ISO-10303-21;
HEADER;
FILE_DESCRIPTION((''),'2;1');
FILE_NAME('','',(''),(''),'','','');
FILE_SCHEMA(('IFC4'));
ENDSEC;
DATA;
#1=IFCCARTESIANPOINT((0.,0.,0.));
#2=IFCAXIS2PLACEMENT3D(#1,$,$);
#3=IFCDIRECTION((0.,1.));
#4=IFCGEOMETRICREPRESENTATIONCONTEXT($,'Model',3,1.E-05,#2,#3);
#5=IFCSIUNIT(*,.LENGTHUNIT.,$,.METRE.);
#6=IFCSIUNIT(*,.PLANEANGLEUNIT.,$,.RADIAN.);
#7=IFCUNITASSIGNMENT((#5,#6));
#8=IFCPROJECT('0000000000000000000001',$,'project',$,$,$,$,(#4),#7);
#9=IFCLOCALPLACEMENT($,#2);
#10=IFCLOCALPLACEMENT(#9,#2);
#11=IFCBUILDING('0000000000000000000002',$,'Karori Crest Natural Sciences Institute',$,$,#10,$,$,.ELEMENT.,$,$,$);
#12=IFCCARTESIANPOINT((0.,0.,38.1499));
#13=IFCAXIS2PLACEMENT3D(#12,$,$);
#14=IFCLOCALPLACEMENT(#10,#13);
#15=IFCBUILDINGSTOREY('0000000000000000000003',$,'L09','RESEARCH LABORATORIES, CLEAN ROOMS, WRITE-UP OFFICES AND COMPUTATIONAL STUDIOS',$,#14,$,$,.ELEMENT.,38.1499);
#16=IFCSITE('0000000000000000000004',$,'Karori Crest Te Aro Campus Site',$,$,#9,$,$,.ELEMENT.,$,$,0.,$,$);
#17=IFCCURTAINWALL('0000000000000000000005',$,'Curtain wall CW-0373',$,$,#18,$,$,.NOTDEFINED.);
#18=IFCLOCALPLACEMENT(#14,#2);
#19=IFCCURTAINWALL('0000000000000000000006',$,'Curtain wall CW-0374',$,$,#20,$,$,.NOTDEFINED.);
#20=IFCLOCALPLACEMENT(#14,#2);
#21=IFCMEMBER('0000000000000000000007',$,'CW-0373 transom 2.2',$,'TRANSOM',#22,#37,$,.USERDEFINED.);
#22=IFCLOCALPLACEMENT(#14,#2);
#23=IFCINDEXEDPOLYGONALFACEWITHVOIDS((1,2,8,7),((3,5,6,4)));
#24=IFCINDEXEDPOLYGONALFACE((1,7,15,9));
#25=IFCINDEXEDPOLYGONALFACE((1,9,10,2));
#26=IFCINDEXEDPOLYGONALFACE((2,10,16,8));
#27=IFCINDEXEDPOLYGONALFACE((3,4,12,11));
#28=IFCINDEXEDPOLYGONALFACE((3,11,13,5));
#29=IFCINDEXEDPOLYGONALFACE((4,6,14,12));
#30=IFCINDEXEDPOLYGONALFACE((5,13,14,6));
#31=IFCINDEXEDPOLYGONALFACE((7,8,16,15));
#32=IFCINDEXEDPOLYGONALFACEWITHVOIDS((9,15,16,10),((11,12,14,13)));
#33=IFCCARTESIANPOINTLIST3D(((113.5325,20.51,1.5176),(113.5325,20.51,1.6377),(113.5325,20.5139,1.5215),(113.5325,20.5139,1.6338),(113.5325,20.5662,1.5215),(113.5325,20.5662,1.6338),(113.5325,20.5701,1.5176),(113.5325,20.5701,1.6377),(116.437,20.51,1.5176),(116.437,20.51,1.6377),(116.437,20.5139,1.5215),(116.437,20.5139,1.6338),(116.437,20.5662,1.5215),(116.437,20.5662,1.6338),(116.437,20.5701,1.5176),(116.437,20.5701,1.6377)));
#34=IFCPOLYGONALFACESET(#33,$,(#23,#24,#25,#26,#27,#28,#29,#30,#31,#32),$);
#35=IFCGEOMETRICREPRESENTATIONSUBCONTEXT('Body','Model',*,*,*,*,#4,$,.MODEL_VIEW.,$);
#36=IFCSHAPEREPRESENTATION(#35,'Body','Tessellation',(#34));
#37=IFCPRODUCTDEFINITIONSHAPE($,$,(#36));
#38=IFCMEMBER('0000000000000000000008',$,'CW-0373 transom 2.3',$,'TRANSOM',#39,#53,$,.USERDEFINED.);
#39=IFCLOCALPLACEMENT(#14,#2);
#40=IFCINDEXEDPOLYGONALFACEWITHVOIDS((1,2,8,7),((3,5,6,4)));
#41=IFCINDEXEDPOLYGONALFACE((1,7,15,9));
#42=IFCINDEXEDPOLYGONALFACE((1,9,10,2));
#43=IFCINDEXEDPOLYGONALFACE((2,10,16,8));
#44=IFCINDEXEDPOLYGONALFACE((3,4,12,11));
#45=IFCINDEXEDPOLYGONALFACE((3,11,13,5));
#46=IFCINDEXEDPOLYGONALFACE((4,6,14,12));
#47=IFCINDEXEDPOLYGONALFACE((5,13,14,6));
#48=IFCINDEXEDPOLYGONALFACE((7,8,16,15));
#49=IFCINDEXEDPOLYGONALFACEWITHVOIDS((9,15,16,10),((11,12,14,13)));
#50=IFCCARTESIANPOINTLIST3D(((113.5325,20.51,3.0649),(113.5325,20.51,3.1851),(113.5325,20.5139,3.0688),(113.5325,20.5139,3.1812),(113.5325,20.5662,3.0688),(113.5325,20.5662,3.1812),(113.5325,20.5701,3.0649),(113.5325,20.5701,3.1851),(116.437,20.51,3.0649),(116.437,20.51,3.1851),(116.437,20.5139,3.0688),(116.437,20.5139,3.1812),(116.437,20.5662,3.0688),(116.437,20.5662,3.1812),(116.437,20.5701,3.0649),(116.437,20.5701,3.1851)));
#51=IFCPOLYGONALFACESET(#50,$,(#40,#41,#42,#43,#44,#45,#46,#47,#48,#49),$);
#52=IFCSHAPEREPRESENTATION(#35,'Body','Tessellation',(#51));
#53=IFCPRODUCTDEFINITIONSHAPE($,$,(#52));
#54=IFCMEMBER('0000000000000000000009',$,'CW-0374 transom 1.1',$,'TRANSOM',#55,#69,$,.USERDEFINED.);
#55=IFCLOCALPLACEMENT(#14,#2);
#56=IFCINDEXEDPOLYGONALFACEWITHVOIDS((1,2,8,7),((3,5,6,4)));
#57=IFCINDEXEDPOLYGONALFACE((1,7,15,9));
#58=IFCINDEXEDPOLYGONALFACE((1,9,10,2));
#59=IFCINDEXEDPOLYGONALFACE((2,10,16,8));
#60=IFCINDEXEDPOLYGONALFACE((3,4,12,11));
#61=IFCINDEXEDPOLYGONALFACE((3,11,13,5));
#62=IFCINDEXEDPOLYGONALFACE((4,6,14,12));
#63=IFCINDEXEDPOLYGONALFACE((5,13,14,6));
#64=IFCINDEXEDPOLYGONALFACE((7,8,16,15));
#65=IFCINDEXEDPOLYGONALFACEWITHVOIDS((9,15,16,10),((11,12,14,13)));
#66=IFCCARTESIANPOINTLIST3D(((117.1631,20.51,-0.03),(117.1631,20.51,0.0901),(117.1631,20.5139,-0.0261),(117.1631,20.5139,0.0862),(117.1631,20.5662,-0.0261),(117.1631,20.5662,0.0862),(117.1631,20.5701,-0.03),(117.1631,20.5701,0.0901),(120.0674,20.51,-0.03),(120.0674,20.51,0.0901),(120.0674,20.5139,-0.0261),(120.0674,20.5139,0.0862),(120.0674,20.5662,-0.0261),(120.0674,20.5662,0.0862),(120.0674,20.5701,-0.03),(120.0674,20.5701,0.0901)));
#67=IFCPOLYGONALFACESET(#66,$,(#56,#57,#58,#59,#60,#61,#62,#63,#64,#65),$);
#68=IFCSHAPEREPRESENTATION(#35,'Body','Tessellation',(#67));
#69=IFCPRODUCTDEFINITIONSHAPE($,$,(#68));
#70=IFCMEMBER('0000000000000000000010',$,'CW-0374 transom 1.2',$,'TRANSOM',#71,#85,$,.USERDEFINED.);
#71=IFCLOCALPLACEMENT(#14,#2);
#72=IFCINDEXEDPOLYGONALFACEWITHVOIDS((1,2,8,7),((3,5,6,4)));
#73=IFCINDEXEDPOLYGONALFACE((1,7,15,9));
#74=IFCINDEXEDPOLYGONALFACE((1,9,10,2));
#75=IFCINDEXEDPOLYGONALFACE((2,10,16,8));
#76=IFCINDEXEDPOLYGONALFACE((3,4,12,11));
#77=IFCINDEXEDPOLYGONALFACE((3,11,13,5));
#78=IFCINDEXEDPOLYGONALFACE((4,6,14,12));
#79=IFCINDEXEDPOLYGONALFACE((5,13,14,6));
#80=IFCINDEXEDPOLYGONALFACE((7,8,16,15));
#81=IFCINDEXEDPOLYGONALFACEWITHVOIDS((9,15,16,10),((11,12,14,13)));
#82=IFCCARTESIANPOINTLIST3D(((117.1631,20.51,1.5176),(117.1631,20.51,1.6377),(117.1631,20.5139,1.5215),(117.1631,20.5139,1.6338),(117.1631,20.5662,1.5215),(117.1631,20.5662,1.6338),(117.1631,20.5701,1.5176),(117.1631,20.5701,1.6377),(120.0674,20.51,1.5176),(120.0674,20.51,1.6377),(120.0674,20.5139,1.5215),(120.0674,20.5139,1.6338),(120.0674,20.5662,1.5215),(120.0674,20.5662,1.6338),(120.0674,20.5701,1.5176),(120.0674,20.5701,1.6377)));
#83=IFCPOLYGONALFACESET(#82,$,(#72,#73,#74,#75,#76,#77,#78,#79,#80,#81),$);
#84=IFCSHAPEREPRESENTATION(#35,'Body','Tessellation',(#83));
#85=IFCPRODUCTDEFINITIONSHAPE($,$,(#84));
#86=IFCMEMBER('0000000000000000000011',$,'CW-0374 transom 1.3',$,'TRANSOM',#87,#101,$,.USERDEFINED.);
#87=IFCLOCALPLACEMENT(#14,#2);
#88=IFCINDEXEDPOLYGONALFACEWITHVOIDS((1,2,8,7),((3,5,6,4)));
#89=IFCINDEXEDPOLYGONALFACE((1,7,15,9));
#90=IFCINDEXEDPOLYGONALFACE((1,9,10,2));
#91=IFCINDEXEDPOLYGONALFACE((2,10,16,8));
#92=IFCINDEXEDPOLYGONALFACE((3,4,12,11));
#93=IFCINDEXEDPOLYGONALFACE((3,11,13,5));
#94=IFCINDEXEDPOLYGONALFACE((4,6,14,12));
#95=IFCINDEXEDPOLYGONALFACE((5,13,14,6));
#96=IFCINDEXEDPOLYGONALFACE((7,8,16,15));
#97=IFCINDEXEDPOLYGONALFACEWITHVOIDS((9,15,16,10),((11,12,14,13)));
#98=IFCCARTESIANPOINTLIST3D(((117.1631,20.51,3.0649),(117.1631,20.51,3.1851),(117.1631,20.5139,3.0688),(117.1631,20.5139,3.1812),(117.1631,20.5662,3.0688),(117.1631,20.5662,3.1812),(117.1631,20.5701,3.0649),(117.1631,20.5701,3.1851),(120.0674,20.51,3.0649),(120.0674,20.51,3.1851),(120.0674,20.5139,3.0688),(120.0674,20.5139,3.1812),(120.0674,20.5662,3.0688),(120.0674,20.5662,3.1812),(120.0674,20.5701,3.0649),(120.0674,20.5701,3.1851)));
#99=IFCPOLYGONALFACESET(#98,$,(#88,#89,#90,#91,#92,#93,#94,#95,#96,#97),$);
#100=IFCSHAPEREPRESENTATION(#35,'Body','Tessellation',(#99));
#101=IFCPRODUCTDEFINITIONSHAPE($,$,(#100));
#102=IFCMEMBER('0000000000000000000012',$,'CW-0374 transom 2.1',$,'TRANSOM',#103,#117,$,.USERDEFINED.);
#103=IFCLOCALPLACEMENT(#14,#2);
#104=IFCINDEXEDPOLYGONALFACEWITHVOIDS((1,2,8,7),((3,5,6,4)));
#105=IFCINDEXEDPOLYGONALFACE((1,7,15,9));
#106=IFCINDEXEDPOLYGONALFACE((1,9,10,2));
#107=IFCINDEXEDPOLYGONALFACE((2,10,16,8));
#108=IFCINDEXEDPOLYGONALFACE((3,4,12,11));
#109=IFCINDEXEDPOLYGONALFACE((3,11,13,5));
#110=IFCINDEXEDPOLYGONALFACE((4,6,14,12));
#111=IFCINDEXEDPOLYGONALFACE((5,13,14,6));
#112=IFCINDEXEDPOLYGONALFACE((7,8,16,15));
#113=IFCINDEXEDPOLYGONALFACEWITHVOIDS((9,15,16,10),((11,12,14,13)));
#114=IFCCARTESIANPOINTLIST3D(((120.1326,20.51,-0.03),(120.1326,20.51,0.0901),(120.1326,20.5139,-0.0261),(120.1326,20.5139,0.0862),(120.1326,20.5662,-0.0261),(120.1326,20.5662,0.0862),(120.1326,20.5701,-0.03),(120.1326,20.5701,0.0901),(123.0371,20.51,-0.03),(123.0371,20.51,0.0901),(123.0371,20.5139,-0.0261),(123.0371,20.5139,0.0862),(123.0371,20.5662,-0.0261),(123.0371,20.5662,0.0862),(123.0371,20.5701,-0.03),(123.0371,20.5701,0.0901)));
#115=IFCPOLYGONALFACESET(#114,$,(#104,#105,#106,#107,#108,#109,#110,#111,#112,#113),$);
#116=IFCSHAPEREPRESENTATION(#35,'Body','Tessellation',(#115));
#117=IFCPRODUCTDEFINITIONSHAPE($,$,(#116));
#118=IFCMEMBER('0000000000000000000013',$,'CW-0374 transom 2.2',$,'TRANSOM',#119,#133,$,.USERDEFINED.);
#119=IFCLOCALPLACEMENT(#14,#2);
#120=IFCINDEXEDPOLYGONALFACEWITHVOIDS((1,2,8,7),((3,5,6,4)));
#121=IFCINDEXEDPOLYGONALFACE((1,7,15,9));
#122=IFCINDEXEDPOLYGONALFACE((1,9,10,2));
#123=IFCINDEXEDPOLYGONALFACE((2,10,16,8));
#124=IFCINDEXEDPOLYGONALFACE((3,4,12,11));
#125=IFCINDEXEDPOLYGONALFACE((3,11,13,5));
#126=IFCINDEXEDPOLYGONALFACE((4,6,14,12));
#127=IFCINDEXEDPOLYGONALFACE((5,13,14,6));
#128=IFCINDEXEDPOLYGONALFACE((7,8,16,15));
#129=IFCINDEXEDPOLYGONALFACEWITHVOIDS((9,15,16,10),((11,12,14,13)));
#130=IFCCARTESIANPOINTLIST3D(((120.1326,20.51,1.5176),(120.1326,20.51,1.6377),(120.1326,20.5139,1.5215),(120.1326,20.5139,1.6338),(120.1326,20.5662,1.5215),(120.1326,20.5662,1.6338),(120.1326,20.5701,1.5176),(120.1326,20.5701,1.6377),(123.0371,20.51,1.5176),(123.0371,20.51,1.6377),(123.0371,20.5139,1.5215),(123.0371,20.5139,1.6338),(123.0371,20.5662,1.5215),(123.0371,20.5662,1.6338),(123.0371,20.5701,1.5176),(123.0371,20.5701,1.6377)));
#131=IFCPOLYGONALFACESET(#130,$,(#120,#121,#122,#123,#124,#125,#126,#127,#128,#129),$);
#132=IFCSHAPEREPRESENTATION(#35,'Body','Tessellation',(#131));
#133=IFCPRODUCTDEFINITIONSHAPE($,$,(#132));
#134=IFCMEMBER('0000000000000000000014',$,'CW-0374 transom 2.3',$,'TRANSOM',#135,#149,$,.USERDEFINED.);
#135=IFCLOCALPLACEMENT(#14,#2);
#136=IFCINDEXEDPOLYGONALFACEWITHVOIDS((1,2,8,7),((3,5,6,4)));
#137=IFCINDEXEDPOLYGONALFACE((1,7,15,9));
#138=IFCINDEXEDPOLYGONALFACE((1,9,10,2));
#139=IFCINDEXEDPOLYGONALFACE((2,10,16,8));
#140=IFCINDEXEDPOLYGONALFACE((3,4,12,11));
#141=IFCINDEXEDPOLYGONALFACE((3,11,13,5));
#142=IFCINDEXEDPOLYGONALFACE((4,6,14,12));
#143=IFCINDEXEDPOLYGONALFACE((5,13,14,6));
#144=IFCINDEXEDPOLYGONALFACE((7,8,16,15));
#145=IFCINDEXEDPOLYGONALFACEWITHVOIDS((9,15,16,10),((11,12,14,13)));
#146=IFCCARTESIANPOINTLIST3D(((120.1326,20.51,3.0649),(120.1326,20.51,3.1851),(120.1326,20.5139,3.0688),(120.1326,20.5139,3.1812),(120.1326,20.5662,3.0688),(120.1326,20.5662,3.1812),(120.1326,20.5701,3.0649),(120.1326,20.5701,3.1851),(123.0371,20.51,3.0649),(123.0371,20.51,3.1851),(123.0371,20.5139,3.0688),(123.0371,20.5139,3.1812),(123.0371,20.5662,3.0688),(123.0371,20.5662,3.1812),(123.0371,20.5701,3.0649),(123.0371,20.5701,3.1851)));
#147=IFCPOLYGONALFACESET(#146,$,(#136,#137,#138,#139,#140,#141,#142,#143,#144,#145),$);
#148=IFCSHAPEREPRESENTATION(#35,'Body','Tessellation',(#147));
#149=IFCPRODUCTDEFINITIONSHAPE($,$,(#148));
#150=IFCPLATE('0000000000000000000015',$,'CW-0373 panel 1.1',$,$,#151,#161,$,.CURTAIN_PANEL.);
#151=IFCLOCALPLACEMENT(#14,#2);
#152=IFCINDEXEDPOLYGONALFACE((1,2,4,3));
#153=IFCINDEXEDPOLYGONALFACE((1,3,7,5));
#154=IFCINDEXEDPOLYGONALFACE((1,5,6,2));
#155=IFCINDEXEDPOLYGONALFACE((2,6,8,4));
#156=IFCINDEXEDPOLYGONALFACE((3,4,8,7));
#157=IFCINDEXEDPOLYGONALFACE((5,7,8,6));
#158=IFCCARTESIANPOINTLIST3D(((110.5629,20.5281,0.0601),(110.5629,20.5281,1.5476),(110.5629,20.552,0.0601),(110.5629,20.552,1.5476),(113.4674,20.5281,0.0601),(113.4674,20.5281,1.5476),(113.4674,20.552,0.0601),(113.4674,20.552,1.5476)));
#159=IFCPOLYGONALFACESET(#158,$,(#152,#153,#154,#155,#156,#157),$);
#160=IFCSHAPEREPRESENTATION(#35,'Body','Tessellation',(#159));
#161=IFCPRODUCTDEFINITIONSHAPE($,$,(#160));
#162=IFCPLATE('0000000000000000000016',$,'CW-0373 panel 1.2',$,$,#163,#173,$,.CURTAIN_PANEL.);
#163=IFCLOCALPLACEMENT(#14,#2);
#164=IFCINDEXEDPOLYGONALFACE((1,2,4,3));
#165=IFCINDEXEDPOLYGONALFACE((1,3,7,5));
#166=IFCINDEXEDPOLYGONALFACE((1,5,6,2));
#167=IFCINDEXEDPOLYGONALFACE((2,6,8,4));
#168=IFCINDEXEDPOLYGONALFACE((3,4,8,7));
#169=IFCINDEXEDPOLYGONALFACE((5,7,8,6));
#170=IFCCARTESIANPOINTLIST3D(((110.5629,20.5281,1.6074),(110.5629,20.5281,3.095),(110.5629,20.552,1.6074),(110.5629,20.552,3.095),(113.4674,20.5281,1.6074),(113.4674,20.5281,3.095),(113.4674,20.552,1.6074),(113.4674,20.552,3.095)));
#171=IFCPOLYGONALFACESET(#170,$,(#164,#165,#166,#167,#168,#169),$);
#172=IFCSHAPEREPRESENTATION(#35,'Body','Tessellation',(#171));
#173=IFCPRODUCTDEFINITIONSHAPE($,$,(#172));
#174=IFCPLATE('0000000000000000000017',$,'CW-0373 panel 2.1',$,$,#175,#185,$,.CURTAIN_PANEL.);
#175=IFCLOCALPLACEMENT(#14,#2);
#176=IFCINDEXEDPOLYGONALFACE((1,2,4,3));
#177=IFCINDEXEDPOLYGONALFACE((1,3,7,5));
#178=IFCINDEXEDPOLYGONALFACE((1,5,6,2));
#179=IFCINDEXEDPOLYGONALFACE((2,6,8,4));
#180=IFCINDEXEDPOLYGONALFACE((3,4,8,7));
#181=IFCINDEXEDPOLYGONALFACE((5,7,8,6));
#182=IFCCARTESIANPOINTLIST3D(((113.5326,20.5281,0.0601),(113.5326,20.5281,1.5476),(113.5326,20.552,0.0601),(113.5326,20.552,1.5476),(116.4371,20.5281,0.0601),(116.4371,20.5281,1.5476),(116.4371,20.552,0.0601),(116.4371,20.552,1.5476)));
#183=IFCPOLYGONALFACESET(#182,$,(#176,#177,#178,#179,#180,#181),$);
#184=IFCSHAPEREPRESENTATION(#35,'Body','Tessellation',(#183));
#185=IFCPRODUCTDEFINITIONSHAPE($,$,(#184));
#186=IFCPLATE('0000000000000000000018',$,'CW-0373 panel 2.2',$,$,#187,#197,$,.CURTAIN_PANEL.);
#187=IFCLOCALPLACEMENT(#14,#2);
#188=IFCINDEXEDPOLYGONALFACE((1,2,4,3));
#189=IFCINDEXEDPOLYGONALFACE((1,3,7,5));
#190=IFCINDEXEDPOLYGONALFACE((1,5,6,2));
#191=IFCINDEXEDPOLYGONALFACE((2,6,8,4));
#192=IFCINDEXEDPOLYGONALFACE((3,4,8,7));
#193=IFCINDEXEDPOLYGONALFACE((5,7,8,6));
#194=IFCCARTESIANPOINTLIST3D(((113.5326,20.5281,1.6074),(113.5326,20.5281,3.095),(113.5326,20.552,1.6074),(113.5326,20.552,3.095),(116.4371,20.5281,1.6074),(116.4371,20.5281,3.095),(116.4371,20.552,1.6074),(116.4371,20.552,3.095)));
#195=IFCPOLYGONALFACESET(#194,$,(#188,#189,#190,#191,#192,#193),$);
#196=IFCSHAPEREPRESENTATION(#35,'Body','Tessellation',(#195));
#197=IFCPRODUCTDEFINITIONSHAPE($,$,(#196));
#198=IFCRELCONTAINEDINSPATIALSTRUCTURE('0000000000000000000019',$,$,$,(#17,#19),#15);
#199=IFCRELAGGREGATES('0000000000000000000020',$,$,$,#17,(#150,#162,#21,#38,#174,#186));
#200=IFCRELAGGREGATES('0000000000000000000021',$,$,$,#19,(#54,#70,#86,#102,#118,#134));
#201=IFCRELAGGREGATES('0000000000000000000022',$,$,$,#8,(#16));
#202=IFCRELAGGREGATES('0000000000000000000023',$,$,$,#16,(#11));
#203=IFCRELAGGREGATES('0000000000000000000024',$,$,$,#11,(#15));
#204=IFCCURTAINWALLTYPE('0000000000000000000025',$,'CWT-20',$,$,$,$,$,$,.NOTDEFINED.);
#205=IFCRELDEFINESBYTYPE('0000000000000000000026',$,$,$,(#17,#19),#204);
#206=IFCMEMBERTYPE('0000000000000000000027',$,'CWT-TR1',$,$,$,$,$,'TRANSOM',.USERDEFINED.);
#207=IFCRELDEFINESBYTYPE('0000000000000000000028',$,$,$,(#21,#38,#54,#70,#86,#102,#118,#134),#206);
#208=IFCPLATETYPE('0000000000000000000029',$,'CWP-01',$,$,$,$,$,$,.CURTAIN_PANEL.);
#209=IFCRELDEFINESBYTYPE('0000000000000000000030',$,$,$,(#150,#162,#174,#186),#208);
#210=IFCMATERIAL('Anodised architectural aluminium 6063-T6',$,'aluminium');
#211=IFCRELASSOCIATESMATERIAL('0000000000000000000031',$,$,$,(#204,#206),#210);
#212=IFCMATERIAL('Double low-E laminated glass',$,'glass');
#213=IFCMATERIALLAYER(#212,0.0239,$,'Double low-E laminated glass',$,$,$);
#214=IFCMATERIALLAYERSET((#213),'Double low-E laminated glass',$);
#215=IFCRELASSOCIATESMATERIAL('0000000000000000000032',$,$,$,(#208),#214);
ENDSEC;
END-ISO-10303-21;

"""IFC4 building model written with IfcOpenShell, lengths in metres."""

from ifc_helpers import new_model, si_unit, direction, frame, origin, origin_2d, place, context, subcontext, project, spatial, rectangle, hollow_rectangle, extrude, material, layer, layer_set, material_profile, profile_set, type_object, element, aggregate, save


model = new_model("IFC4")

# Units and contexts
model_context = context("Model", 3, precision=1e-05, world=origin(), true_north=direction((0.0, 1.0)))
body_context = subcontext(model_context, "Body", "Model", "MODEL_VIEW")
ifc_project = project(units=[si_unit("LENGTHUNIT", "METRE"), si_unit("PLANEANGLEUNIT", "RADIAN")], contexts=[model_context])

# Site, building, storey
site_placement = place(None, origin())
site = spatial("IfcSite", under=ifc_project, at=site_placement, Name="Karori Crest Te Aro Campus Site", CompositionType="ELEMENT", RefElevation=0.0)
building_placement = place(site_placement, origin())
building = spatial("IfcBuilding", under=site, at=building_placement, Name="Karori Crest Natural Sciences Institute", CompositionType="ELEMENT")
storey_placement = place(building_placement, frame((0.0, 0.0, 38.1499)))
storey = spatial("IfcBuildingStorey", under=building, at=storey_placement, Name="L09", Description="RESEARCH LABORATORIES, CLEAN ROOMS, WRITE-UP OFFICES AND COMPUTATIONAL STUDIOS", CompositionType="ELEMENT", Elevation=38.1499)

# Curtain walls
ifc_material_1 = material(Name="Anodised architectural aluminium 6063-T6", Category="aluminium")
curtain_wall_type = type_object("IfcCurtainWallType", Name="CWT-20", PredefinedType="NOTDEFINED", material=ifc_material_1)
curtain_wall_1_placement = place(storey_placement, origin())
curtain_wall_1 = element("IfcCurtainWall", 1, at=curtain_wall_1_placement, inside=storey, type_object=curtain_wall_type, Name="Curtain wall CW-0373", PredefinedType="NOTDEFINED")
curtain_wall_2_placement = place(storey_placement, origin())
curtain_wall_2 = element("IfcCurtainWall", 2, at=curtain_wall_2_placement, inside=storey, type_object=curtain_wall_type, Name="Curtain wall CW-0374", PredefinedType="NOTDEFINED")

# Members
ifc_material_profile_1 = material_profile(ifc_material_1, hollow_rectangle(XDim=0.0601, YDim=0.1201, WallThickness=0.0039, at=origin_2d()), Name="CWT120x60x4")
ifc_profile_set_1 = profile_set([ifc_material_profile_1], Name="Anodised architectural aluminium 6063-T6")
member_type_1 = type_object("IfcMemberType", Name="CWT-TR1", ElementType="TRANSOM", PredefinedType="USERDEFINED", material=ifc_profile_set_1)
member_1_placement = place(storey_placement, frame((113.5325, 20.54, 1.5776), z_axis=(1.0, 0.0, 0.0), x_axis=(0.0, 1.0, 0.0)))
member_1 = element("IfcMember", 3, at=member_1_placement, type_object=member_type_1, Name="CW-0373 transom 2.2", ObjectType="TRANSOM", PredefinedType="USERDEFINED", context=body_context, shape_type="SweptSolid", body=[
    extrude(hollow_rectangle(XDim=0.0601, YDim=0.1201, WallThickness=0.0039, at=origin_2d()), origin(), (0.0, 0.0, 1.0), 2.9045),
])
member_2_placement = place(storey_placement, frame((113.5325, 20.54, 3.125), z_axis=(1.0, 0.0, 0.0), x_axis=(0.0, 1.0, 0.0)))
member_2 = element("IfcMember", 4, at=member_2_placement, type_object=member_type_1, Name="CW-0373 transom 2.3", ObjectType="TRANSOM", PredefinedType="USERDEFINED", context=body_context, shape_type="SweptSolid", body=[
    extrude(hollow_rectangle(XDim=0.0601, YDim=0.1201, WallThickness=0.0039, at=origin_2d()), origin(), (0.0, 0.0, 1.0), 2.9045),
])
member_3_placement = place(storey_placement, frame((117.1631, 20.54, 0.03), z_axis=(1.0, 0.0, 0.0), x_axis=(0.0, 1.0, 0.0)))
member_3 = element("IfcMember", 5, at=member_3_placement, type_object=member_type_1, Name="CW-0374 transom 1.1", ObjectType="TRANSOM", PredefinedType="USERDEFINED", context=body_context, shape_type="SweptSolid", body=[
    extrude(hollow_rectangle(XDim=0.0601, YDim=0.1201, WallThickness=0.0039, at=origin_2d()), origin(), (0.0, 0.0, 1.0), 2.9043),
])
member_4_placement = place(storey_placement, frame((117.1631, 20.54, 1.5776), z_axis=(1.0, 0.0, 0.0), x_axis=(0.0, 1.0, 0.0)))
member_4 = element("IfcMember", 6, at=member_4_placement, type_object=member_type_1, Name="CW-0374 transom 1.2", ObjectType="TRANSOM", PredefinedType="USERDEFINED", context=body_context, shape_type="SweptSolid", body=[
    extrude(hollow_rectangle(XDim=0.0601, YDim=0.1201, WallThickness=0.0039, at=origin_2d()), origin(), (0.0, 0.0, 1.0), 2.9043),
])
member_5_placement = place(storey_placement, frame((117.1631, 20.54, 3.125), z_axis=(1.0, 0.0, 0.0), x_axis=(0.0, 1.0, 0.0)))
member_5 = element("IfcMember", 7, at=member_5_placement, type_object=member_type_1, Name="CW-0374 transom 1.3", ObjectType="TRANSOM", PredefinedType="USERDEFINED", context=body_context, shape_type="SweptSolid", body=[
    extrude(hollow_rectangle(XDim=0.0601, YDim=0.1201, WallThickness=0.0039, at=origin_2d()), origin(), (0.0, 0.0, 1.0), 2.9043),
])
member_6_placement = place(storey_placement, frame((120.1326, 20.54, 0.03), z_axis=(1.0, 0.0, 0.0), x_axis=(0.0, 1.0, 0.0)))
member_6 = element("IfcMember", 8, at=member_6_placement, type_object=member_type_1, Name="CW-0374 transom 2.1", ObjectType="TRANSOM", PredefinedType="USERDEFINED", context=body_context, shape_type="SweptSolid", body=[
    extrude(hollow_rectangle(XDim=0.0601, YDim=0.1201, WallThickness=0.0039, at=origin_2d()), origin(), (0.0, 0.0, 1.0), 2.9045),
])
member_7_placement = place(storey_placement, frame((120.1326, 20.54, 1.5776), z_axis=(1.0, 0.0, 0.0), x_axis=(0.0, 1.0, 0.0)))
member_7 = element("IfcMember", 9, at=member_7_placement, type_object=member_type_1, Name="CW-0374 transom 2.2", ObjectType="TRANSOM", PredefinedType="USERDEFINED", context=body_context, shape_type="SweptSolid", body=[
    extrude(hollow_rectangle(XDim=0.0601, YDim=0.1201, WallThickness=0.0039, at=origin_2d()), origin(), (0.0, 0.0, 1.0), 2.9045),
])
member_8_placement = place(storey_placement, frame((120.1326, 20.54, 3.125), z_axis=(1.0, 0.0, 0.0), x_axis=(0.0, 1.0, 0.0)))
member_8 = element("IfcMember", 10, at=member_8_placement, type_object=member_type_1, Name="CW-0374 transom 2.3", ObjectType="TRANSOM", PredefinedType="USERDEFINED", context=body_context, shape_type="SweptSolid", body=[
    extrude(hollow_rectangle(XDim=0.0601, YDim=0.1201, WallThickness=0.0039, at=origin_2d()), origin(), (0.0, 0.0, 1.0), 2.9045),
])

# Plates
ifc_material_2 = material(Name="Double low-E laminated glass", Category="glass")
ifc_layer = layer(ifc_material_2, 0.0239, Name="Double low-E laminated glass")
ifc_layer_set = layer_set([ifc_layer], Name="Double low-E laminated glass")
plate_type = type_object("IfcPlateType", Name="CWP-01", PredefinedType="CURTAIN_PANEL", material=ifc_layer_set)
plate_1_placement = place(storey_placement, frame((112.0151, 20.54, 0.0601), z_axis=(0.0, 0.0, 1.0), x_axis=(1.0, 0.0, 0.0)))
plate_1 = element("IfcPlate", 11, at=plate_1_placement, type_object=plate_type, Name="CW-0373 panel 1.1", PredefinedType="CURTAIN_PANEL", context=body_context, shape_type="SweptSolid", body=[
    extrude(rectangle(XDim=2.9045, YDim=0.0239, at=origin_2d()), origin(), (0.0, 0.0, 1.0), 1.4875),
])
plate_2_placement = place(storey_placement, frame((112.0151, 20.54, 1.6074), z_axis=(0.0, 0.0, 1.0), x_axis=(1.0, 0.0, 0.0)))
plate_2 = element("IfcPlate", 12, at=plate_2_placement, type_object=plate_type, Name="CW-0373 panel 1.2", PredefinedType="CURTAIN_PANEL", context=body_context, shape_type="SweptSolid", body=[
    extrude(rectangle(XDim=2.9045, YDim=0.0239, at=origin_2d()), origin(), (0.0, 0.0, 1.0), 1.4875),
])
plate_3_placement = place(storey_placement, frame((114.9849, 20.54, 0.0601), z_axis=(0.0, 0.0, 1.0), x_axis=(1.0, 0.0, 0.0)))
plate_3 = element("IfcPlate", 13, at=plate_3_placement, type_object=plate_type, Name="CW-0373 panel 2.1", PredefinedType="CURTAIN_PANEL", context=body_context, shape_type="SweptSolid", body=[
    extrude(rectangle(XDim=2.9045, YDim=0.0239, at=origin_2d()), origin(), (0.0, 0.0, 1.0), 1.4875),
])
plate_4_placement = place(storey_placement, frame((114.9849, 20.54, 1.6074), z_axis=(0.0, 0.0, 1.0), x_axis=(1.0, 0.0, 0.0)))
plate_4 = element("IfcPlate", 14, at=plate_4_placement, type_object=plate_type, Name="CW-0373 panel 2.2", PredefinedType="CURTAIN_PANEL", context=body_context, shape_type="SweptSolid", body=[
    extrude(rectangle(XDim=2.9045, YDim=0.0239, at=origin_2d()), origin(), (0.0, 0.0, 1.0), 1.4875),
])
aggregate(curtain_wall_1, [plate_1, plate_2, member_1, member_2, plate_3, plate_4])
aggregate(curtain_wall_2, [member_3, member_4, member_5, member_6, member_7, member_8])

save(model, "model.ifc")
